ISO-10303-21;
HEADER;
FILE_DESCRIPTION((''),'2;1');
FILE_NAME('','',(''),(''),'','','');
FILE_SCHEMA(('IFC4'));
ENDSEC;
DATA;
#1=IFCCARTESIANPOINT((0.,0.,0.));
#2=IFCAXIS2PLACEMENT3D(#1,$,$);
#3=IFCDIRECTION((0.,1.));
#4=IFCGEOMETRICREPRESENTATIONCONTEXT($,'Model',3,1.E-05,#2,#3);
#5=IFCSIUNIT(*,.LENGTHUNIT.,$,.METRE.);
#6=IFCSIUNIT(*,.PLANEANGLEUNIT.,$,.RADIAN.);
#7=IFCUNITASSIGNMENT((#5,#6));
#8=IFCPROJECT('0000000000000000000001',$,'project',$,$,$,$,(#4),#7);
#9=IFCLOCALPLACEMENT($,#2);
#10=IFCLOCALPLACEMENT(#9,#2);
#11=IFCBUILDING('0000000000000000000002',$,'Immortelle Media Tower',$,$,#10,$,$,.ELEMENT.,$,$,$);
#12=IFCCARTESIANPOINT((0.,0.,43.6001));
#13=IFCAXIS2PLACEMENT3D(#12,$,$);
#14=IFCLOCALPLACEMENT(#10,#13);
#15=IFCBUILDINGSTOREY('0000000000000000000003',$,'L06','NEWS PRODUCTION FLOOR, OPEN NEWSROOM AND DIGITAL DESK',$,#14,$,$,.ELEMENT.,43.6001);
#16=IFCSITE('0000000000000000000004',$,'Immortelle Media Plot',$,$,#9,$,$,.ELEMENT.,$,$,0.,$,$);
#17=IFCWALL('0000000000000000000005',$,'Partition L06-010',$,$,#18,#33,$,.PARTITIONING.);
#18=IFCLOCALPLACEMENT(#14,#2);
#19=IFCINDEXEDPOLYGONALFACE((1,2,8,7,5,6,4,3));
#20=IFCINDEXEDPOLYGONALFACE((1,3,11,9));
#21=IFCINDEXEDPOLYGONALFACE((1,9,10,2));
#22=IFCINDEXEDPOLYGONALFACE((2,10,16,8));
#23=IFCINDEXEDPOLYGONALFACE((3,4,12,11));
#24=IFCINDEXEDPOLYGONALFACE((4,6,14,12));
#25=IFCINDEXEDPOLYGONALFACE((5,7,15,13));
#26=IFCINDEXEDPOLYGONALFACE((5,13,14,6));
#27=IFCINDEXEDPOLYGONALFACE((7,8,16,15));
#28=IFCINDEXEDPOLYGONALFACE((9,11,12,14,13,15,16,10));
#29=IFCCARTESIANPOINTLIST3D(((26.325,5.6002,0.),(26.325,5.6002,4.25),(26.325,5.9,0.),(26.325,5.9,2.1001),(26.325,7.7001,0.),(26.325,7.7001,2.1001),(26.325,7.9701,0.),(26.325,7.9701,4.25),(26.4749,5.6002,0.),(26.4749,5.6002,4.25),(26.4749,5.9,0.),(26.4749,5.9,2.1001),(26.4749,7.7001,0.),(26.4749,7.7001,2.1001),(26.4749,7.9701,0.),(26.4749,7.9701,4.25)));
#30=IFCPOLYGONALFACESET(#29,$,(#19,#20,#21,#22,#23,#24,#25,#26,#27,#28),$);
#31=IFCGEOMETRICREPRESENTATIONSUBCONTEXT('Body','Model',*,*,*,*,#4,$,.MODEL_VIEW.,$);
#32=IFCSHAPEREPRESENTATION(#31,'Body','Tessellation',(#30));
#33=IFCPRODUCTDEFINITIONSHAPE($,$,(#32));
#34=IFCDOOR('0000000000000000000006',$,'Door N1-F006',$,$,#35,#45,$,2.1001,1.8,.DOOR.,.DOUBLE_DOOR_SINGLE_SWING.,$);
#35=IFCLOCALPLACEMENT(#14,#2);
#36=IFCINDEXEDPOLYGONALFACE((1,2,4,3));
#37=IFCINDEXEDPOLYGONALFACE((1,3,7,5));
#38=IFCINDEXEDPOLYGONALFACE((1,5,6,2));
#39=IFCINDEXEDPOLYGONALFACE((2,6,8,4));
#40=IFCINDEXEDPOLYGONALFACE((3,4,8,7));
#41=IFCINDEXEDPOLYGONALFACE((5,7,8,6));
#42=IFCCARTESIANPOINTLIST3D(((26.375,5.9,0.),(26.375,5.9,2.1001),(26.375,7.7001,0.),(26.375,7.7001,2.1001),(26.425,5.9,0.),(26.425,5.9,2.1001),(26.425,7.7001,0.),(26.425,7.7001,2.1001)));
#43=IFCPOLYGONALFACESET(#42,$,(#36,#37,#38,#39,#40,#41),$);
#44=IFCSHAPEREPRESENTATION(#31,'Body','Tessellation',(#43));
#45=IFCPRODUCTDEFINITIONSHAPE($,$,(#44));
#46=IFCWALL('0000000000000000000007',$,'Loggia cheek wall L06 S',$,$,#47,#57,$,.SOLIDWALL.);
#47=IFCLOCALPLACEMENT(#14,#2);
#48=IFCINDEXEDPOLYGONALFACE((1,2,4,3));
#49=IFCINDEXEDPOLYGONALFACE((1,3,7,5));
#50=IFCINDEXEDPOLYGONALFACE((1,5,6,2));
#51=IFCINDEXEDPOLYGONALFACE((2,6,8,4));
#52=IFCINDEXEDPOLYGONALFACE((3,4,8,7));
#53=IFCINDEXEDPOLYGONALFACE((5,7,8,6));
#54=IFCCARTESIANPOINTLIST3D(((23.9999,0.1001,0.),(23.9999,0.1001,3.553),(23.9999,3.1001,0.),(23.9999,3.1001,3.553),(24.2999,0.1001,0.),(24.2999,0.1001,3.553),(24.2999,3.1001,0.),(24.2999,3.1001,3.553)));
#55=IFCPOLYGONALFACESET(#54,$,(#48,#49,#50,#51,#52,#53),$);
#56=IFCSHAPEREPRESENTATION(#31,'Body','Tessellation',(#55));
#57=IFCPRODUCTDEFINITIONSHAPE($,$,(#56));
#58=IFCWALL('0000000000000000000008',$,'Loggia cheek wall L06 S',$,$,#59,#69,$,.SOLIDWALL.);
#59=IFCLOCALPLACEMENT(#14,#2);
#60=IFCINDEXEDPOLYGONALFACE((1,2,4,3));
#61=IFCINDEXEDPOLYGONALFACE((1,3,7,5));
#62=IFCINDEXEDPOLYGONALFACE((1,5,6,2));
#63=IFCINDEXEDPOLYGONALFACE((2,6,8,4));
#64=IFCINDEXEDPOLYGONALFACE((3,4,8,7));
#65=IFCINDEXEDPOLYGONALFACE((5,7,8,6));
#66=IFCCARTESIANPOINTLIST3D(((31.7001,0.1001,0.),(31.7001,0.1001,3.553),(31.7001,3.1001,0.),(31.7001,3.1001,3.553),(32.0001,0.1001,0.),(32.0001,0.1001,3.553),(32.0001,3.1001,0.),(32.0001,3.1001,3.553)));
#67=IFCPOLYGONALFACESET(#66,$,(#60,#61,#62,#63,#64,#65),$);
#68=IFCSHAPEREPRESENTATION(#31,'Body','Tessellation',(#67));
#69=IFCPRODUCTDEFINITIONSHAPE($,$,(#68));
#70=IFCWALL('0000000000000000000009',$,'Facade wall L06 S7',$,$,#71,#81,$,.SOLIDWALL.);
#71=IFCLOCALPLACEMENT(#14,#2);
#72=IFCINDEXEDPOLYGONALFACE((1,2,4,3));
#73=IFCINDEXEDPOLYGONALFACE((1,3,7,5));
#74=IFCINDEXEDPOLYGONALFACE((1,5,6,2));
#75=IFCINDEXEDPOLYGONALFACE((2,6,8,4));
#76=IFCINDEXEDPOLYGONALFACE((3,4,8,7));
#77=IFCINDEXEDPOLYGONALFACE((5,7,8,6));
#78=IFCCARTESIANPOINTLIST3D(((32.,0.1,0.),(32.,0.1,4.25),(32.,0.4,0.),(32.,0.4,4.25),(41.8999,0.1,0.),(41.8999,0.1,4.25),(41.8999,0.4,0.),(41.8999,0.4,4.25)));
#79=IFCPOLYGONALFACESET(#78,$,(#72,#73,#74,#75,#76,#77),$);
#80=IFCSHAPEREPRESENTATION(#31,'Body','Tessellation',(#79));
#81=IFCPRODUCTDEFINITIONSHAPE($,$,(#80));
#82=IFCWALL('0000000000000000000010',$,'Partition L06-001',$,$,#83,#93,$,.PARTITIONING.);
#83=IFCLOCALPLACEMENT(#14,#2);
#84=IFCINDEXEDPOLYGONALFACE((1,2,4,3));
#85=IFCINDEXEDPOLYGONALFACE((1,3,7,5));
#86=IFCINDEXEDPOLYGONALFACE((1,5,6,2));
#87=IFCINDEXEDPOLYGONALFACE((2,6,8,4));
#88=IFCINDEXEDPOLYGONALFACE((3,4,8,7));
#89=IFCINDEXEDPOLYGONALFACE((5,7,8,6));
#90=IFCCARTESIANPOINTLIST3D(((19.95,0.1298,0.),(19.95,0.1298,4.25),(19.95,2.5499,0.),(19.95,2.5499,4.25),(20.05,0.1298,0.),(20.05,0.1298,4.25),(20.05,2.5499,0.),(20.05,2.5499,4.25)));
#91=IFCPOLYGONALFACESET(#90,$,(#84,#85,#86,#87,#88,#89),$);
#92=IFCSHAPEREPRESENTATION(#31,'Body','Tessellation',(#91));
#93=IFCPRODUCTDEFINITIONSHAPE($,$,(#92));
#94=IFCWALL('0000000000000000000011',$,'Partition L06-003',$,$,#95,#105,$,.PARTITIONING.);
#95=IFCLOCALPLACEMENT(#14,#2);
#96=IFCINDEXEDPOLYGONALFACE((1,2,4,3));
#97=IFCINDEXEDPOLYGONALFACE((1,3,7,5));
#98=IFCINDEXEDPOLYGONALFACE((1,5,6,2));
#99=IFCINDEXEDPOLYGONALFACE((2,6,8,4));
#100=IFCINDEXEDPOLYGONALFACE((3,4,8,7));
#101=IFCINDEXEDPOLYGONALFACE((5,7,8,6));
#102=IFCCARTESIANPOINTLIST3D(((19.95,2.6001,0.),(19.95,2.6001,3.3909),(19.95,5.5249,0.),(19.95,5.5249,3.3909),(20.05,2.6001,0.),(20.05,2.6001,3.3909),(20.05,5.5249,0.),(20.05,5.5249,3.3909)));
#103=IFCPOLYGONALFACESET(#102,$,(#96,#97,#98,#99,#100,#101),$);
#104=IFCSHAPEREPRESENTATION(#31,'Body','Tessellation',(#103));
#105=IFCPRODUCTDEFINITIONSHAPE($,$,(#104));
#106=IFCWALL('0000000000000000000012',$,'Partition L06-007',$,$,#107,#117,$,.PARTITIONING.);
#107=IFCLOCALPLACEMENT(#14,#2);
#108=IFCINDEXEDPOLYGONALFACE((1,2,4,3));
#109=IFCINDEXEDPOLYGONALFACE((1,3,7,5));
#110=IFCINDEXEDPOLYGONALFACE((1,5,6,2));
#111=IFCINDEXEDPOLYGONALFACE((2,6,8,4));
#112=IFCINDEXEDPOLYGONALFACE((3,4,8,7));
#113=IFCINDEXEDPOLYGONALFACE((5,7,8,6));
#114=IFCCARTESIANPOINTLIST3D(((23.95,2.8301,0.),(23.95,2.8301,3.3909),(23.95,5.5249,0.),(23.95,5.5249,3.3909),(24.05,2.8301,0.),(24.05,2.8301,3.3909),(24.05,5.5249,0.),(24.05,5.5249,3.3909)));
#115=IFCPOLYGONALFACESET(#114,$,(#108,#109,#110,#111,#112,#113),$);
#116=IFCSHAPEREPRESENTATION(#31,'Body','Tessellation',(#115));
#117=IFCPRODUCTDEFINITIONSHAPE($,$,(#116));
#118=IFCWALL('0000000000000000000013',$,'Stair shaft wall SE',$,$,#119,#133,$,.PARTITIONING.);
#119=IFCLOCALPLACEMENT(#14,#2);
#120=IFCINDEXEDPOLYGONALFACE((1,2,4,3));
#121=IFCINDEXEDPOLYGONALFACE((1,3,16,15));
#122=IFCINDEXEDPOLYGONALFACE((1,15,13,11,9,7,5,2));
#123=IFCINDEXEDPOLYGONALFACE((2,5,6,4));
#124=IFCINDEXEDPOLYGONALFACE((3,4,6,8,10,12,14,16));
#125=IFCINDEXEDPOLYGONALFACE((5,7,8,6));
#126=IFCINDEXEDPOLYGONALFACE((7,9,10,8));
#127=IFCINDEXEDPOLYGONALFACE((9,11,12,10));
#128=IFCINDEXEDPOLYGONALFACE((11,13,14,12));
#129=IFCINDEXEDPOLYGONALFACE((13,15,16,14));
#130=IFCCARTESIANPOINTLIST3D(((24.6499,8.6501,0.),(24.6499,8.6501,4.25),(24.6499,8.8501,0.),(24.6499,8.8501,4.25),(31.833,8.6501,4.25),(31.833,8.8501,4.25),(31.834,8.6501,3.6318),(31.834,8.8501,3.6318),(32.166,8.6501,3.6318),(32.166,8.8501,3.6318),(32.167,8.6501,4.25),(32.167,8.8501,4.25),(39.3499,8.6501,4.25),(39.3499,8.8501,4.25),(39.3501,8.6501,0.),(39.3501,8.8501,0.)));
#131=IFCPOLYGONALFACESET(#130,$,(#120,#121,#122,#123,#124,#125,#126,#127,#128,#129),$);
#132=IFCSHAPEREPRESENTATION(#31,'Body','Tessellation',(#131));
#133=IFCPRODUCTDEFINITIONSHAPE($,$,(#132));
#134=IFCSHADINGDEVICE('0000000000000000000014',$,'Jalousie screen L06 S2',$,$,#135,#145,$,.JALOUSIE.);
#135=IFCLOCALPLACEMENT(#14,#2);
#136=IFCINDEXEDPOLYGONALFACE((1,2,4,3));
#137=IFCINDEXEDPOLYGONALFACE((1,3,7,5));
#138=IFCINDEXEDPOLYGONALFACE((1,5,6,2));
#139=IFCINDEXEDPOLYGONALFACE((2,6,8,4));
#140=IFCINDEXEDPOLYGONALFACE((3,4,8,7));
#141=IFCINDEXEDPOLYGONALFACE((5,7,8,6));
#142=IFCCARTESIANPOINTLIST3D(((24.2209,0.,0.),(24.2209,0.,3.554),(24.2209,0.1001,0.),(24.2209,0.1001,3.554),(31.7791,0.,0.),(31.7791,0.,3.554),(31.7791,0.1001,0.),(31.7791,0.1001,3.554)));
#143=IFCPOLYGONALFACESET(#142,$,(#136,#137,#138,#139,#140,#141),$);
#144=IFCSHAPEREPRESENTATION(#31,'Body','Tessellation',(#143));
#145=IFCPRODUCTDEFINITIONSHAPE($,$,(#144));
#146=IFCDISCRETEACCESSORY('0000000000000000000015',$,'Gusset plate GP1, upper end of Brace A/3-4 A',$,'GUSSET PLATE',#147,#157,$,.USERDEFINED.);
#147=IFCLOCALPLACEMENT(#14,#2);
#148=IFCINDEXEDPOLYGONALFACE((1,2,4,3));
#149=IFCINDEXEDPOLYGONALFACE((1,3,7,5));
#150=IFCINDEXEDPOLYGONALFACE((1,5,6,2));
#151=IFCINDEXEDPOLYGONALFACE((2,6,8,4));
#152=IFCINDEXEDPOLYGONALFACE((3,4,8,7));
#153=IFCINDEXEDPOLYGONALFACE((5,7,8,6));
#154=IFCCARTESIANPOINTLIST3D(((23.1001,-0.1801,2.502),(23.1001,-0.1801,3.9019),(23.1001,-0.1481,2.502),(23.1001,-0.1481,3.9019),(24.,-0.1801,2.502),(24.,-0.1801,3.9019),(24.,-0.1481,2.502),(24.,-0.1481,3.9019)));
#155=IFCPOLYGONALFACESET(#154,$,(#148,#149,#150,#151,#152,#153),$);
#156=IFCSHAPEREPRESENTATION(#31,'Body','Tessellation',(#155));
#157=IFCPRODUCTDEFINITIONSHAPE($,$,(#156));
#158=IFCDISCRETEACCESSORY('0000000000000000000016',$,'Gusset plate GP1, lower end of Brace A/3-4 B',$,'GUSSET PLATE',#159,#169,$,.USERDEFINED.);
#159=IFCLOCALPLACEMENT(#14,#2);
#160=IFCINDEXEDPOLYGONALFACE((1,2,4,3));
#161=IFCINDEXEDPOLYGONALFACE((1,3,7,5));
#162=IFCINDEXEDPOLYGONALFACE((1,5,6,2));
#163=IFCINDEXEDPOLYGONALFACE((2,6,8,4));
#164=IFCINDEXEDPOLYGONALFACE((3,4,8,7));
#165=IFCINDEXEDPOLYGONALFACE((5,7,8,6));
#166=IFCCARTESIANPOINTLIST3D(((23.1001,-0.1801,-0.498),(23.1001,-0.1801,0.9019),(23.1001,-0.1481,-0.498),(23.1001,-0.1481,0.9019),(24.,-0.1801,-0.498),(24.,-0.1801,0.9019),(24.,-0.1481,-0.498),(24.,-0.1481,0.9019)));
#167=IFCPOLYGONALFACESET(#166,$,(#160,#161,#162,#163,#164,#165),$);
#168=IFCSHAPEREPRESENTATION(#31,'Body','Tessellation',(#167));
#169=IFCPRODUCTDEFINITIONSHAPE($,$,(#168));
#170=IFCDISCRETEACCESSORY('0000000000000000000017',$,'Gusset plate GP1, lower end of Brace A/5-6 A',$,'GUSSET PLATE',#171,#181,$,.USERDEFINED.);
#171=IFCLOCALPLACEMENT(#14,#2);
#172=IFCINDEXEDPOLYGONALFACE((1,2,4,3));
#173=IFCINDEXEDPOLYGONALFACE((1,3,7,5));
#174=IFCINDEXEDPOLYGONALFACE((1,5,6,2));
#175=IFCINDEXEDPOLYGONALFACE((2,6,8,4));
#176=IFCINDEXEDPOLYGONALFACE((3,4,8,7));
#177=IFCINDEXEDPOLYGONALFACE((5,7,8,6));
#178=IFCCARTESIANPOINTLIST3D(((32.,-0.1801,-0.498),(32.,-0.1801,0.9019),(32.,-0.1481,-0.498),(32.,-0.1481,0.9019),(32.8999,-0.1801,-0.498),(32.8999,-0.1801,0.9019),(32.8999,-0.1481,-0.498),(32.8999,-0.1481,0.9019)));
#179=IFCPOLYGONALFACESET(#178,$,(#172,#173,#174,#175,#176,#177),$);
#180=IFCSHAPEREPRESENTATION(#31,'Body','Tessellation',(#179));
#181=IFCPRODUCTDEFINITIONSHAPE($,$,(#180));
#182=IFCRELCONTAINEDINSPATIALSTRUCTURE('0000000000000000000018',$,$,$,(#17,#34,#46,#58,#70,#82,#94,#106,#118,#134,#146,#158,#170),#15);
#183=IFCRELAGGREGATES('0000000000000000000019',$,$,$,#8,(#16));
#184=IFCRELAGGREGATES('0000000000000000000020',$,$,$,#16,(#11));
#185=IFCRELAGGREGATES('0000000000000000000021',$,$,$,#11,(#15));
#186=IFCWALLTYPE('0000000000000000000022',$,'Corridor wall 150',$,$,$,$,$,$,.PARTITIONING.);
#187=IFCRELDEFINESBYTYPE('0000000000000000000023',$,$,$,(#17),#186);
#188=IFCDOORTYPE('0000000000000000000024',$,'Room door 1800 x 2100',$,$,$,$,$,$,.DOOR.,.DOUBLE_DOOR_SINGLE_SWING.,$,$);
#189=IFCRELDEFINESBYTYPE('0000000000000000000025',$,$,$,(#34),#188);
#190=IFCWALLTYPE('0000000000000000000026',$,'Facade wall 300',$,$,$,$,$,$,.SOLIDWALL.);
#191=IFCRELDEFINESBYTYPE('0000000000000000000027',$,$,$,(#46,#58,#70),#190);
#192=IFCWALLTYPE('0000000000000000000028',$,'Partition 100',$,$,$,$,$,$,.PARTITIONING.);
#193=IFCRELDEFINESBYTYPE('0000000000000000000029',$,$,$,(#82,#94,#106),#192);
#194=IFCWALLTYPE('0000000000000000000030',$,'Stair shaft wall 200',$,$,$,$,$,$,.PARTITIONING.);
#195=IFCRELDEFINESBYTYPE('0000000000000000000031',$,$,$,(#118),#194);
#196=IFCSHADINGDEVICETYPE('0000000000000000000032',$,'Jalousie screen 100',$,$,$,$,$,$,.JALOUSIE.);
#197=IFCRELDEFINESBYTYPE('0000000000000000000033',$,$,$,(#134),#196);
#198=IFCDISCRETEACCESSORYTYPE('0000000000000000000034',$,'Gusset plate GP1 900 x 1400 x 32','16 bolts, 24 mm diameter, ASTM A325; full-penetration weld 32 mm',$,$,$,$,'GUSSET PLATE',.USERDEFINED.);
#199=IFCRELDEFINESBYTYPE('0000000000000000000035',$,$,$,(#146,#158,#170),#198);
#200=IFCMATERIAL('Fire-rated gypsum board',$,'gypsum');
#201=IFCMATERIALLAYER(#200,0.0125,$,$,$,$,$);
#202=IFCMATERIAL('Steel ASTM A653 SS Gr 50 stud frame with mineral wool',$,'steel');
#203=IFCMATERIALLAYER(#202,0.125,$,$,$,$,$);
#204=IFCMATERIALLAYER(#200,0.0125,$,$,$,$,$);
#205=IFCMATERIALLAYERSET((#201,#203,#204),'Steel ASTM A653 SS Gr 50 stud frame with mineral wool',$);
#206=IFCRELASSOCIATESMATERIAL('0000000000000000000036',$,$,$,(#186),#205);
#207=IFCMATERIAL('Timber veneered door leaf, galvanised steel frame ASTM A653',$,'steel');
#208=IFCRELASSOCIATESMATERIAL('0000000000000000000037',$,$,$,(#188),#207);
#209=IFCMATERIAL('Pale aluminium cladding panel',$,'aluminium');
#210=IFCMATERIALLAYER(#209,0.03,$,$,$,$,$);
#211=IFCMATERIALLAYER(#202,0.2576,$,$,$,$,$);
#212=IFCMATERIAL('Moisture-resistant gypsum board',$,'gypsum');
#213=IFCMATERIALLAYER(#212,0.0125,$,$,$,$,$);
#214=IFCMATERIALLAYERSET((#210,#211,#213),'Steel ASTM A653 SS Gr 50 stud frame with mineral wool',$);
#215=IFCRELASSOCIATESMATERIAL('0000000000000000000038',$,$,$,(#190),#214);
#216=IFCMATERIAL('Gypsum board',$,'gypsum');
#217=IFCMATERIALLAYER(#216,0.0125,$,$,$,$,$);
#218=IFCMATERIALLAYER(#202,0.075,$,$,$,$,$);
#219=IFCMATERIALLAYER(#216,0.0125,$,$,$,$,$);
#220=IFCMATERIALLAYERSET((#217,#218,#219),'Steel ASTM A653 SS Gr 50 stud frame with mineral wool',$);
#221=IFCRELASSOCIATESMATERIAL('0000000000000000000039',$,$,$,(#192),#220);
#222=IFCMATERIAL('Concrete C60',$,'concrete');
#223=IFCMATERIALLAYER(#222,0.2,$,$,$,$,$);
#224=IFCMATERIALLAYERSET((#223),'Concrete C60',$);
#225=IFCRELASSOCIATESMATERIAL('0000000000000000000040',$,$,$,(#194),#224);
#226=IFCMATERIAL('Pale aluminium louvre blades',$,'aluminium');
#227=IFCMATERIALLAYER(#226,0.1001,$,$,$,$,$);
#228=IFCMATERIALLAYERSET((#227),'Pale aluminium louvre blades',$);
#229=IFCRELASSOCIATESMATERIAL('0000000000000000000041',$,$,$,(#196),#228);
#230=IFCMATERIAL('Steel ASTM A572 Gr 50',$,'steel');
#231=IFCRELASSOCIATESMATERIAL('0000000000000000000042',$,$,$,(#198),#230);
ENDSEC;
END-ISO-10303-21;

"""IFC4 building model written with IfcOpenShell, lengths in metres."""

from ifc_helpers import new_model, si_unit, direction, frame, frame_2d, origin, origin_2d, place, context, subcontext, project, spatial, polyline, rectangle, outline, extrude, material, layer, layer_set, material_profile, profile_set, type_object, element, fill, save


model = new_model("IFC4")

# Units and contexts
model_context = context("Model", 3, precision=1e-05, world=origin(), true_north=direction((0.0, 1.0)))
body_context = subcontext(model_context, "Body", "Model", "MODEL_VIEW")
ifc_project = project(units=[si_unit("LENGTHUNIT", "METRE"), si_unit("PLANEANGLEUNIT", "RADIAN")], contexts=[model_context])

# Site, building, storey
site_placement = place(None, origin())
site = spatial("IfcSite", under=ifc_project, at=site_placement, Name="Immortelle Media Plot", CompositionType="ELEMENT", RefElevation=0.0)
building_placement = place(site_placement, origin())
building = spatial("IfcBuilding", under=site, at=building_placement, Name="Immortelle Media Tower", CompositionType="ELEMENT")
storey_placement = place(building_placement, frame((0.0, 0.0, 43.6001)))
storey = spatial("IfcBuildingStorey", under=building, at=storey_placement, Name="L06", Description="NEWS PRODUCTION FLOOR, OPEN NEWSROOM AND DIGITAL DESK", CompositionType="ELEMENT", Elevation=43.6001)

# Wall, opening, door
ifc_material_1 = material(Name="Fire-rated gypsum board", Category="gypsum")
ifc_material_2 = material(Name="Steel ASTM A653 SS Gr 50 stud frame with mineral wool", Category="steel")
ifc_layer_1 = layer(ifc_material_1, 0.0125)
ifc_layer_2 = layer(ifc_material_2, 0.125)
ifc_layer_3 = layer(ifc_material_1, 0.0125)
ifc_layer_set_1 = layer_set([ifc_layer_1, ifc_layer_2, ifc_layer_3], Name="Steel ASTM A653 SS Gr 50 stud frame with mineral wool")
wall_type_1 = type_object("IfcWallType", Name="Corridor wall 150", PredefinedType="PARTITIONING", material=ifc_layer_set_1)
wall_1_placement = place(storey_placement, frame((26.3999, 5.6001, 0.0), z_axis=(0.0, 0.0, 1.0), x_axis=(0.0, 1.0, 0.0)))
wall_1 = element("IfcWall", 1, at=wall_1_placement, inside=storey, type_object=wall_type_1, Name="Partition L06-010", PredefinedType="PARTITIONING", context=body_context, shape_type="SweptSolid", body=[
    extrude(rectangle(XDim=2.3699, YDim=0.1499, at=frame_2d((1.1851, 0.0))), origin(), (0.0, 0.0, 1.0), 4.25),
])
opening_1_placement = place(wall_1_placement, frame((0.3, 0.0, 0.0)))
opening_1 = element("IfcOpeningElement", 2, at=opening_1_placement, cuts=wall_1, PredefinedType="OPENING", context=body_context, shape_type="SweptSolid", body=[
    extrude(rectangle(XDim=1.8, YDim=2.1001, at=frame_2d((0.8999, 1.05))), frame((0.0, 0.085, 0.0), z_axis=(0.0, -1.0, 0.0), x_axis=(1.0, 0.0, 0.0)), (0.0, 0.0, 1.0), 0.1699),
])
ifc_material_3 = material(Name="Timber veneered door leaf, galvanised steel frame ASTM A653", Category="steel")
door_type_1 = type_object("IfcDoorType", Name="Room door 1800 x 2100", OperationType="DOUBLE_DOOR_SINGLE_SWING", PredefinedType="DOOR", material=ifc_material_3)
door_1_placement = place(opening_1_placement, origin())
door_1 = element("IfcDoor", 3, at=door_1_placement, inside=storey, type_object=door_type_1, Name="Door N1-F006", OperationType="DOUBLE_DOOR_SINGLE_SWING", OverallHeight=2.1001, OverallWidth=1.8, PredefinedType="DOOR", context=body_context, shape_type="SweptSolid", body=[
    extrude(rectangle(XDim=1.8, YDim=2.1001, at=frame_2d((0.8999, 1.05))), frame((0.0, 0.0249, 0.0), z_axis=(0.0, -1.0, 0.0), x_axis=(1.0, 0.0, 0.0)), (0.0, 0.0, 1.0), 0.05),
])
fill(opening_1, door_1)

# Shared definitions
ifc_material_4 = material(Name="Pale aluminium cladding panel", Category="aluminium")
ifc_layer_4 = layer(ifc_material_4, 0.03)
ifc_layer_5 = layer(ifc_material_2, 0.2576)
ifc_material_5 = material(Name="Moisture-resistant gypsum board", Category="gypsum")
ifc_layer_6 = layer(ifc_material_5, 0.0125)
ifc_layer_set_2 = layer_set([ifc_layer_4, ifc_layer_5, ifc_layer_6], Name="Steel ASTM A653 SS Gr 50 stud frame with mineral wool")
wall_type_2 = type_object("IfcWallType", Name="Facade wall 300", PredefinedType="SOLIDWALL", material=ifc_layer_set_2)

# Walls
for number, where, z_axis, x_axis, name in (
    (4, (24.1499, 0.1001, 0.0), (0.0, 0.0, 1.0), (0.0, 1.0, 0.0), "Loggia cheek wall L06 S"),
    (5, (31.8501, 0.1001, 0.0), (0.0, 0.0, 1.0), (0.0, 1.0, 0.0), "Loggia cheek wall L06 S"),
):
    element("IfcWall", number, at=place(storey_placement, frame(where, z_axis=z_axis, x_axis=x_axis)), inside=storey, type_object=wall_type_2, Name=name, PredefinedType="SOLIDWALL", context=body_context, shape_type="SweptSolid", body=[
        extrude(rectangle(XDim=3.0, YDim=0.3, at=frame_2d((1.5, 0.0))), origin(), (0.0, 0.0, 1.0), 3.553),
    ])
wall_2_placement = place(storey_placement, frame((32.0, 0.25, 0.0), z_axis=(0.0, 0.0, 1.0), x_axis=(1.0, 0.0, 0.0)))
element("IfcWall", 6, at=wall_2_placement, inside=storey, type_object=wall_type_2, Name="Facade wall L06 S7", PredefinedType="SOLIDWALL", context=body_context, shape_type="SweptSolid", body=[
    extrude(rectangle(XDim=9.8999, YDim=0.3, at=frame_2d((4.95, 0.0))), origin(), (0.0, 0.0, 1.0), 4.25),
])
ifc_material_6 = material(Name="Gypsum board", Category="gypsum")
ifc_layer_7 = layer(ifc_material_6, 0.0125)
ifc_layer_8 = layer(ifc_material_2, 0.075)
ifc_layer_9 = layer(ifc_material_6, 0.0125)
ifc_layer_set_3 = layer_set([ifc_layer_7, ifc_layer_8, ifc_layer_9], Name="Steel ASTM A653 SS Gr 50 stud frame with mineral wool")
wall_type_3 = type_object("IfcWallType", Name="Partition 100", PredefinedType="PARTITIONING", material=ifc_layer_set_3)
wall_3_placement = place(storey_placement, frame((20.0, 0.1299, 0.0), z_axis=(0.0, 0.0, 1.0), x_axis=(0.0, 1.0, 0.0)))
element("IfcWall", 7, at=wall_3_placement, inside=storey, type_object=wall_type_3, Name="Partition L06-001", PredefinedType="PARTITIONING", context=body_context, shape_type="SweptSolid", body=[
    extrude(rectangle(XDim=2.4202, YDim=0.1001, at=frame_2d((1.21, 0.0))), origin(), (0.0, 0.0, 1.0), 4.25),
])
wall_4_placement = place(storey_placement, frame((20.0, 2.6001, 0.0), z_axis=(0.0, 0.0, 1.0), x_axis=(0.0, 1.0, 0.0)))
element("IfcWall", 8, at=wall_4_placement, inside=storey, type_object=wall_type_3, Name="Partition L06-003", PredefinedType="PARTITIONING", context=body_context, shape_type="SweptSolid", body=[
    extrude(rectangle(XDim=2.9248, YDim=0.1001, at=frame_2d((1.4624, 0.0))), origin(), (0.0, 0.0, 1.0), 3.3909),
])
wall_5_placement = place(storey_placement, frame((24.0, 2.8301, 0.0), z_axis=(0.0, 0.0, 1.0), x_axis=(0.0, 1.0, 0.0)))
element("IfcWall", 9, at=wall_5_placement, inside=storey, type_object=wall_type_3, Name="Partition L06-007", PredefinedType="PARTITIONING", context=body_context, shape_type="SweptSolid", body=[
    extrude(rectangle(XDim=2.6948, YDim=0.1001, at=frame_2d((1.3474, 0.0))), origin(), (0.0, 0.0, 1.0), 3.3909),
])
ifc_material_7 = material(Name="Concrete C60", Category="concrete")
ifc_layer_10 = layer(ifc_material_7, 0.2)
ifc_layer_set_4 = layer_set([ifc_layer_10], Name="Concrete C60")
wall_type_4 = type_object("IfcWallType", Name="Stair shaft wall 200", PredefinedType="PARTITIONING", material=ifc_layer_set_4)
wall_6_placement = place(storey_placement, frame((24.6499, 8.75, 0.0), z_axis=(0.0, 0.0, 1.0), x_axis=(1.0, 0.0, 0.0)))
element("IfcWall", 10, at=wall_6_placement, inside=storey, type_object=wall_type_4, Name="Stair shaft wall SE", PredefinedType="PARTITIONING", context=body_context, shape_type="SweptSolid", body=[
    extrude(outline(polyline([(0.0, 0.0), (14.7002, 0.0), (14.7, 4.25), (7.5171, 4.25), (7.5161, 3.6318), (7.1841, 3.6318), (7.1831, 4.25), (0.0, 4.25), (0.0, 0.0)])), frame((0.0, 0.1001, 0.0), z_axis=(0.0, -1.0, 0.0), x_axis=(1.0, 0.0, 0.0)), (0.0, 0.0, 1.0), 0.2),
])

# Shading device
ifc_material_8 = material(Name="Pale aluminium louvre blades", Category="aluminium")
ifc_layer_11 = layer(ifc_material_8, 0.1001)
ifc_layer_set_5 = layer_set([ifc_layer_11], Name="Pale aluminium louvre blades")
shading_device_type = type_object("IfcShadingDeviceType", Name="Jalousie screen 100", PredefinedType="JALOUSIE", material=ifc_layer_set_5)
shading_device_placement = place(storey_placement, frame((28.0, 0.05, 0.0), z_axis=(0.0, 0.0, 1.0), x_axis=(1.0, 0.0, 0.0)))
element("IfcShadingDevice", 11, at=shading_device_placement, inside=storey, type_object=shading_device_type, Name="Jalousie screen L06 S2", PredefinedType="JALOUSIE", context=body_context, shape_type="SweptSolid", body=[
    extrude(rectangle(XDim=7.5581, YDim=0.1001, at=origin_2d()), origin(), (0.0, 0.0, 1.0), 3.554),
])

# Discrete accessories
ifc_material_9 = material(Name="Steel ASTM A572 Gr 50", Category="steel")
ifc_material_profile_1 = material_profile(ifc_material_9, rectangle(XDim=0.032, YDim=1.3999, at=origin_2d()), Name="PL 32 x 1400")
ifc_profile_set_1 = profile_set([ifc_material_profile_1], Name="Steel ASTM A572 Gr 50")
discrete_accessory_type = type_object("IfcDiscreteAccessoryType", Name="Gusset plate GP1 900 x 1400 x 32", Description="16 bolts, 24 mm diameter, ASTM A325; full-penetration weld 32 mm", ElementType="GUSSET PLATE", PredefinedType="USERDEFINED", material=ifc_profile_set_1)
for number, where, z_axis, x_axis, name in (
    (12, (24.0, -0.1641, 3.2019), (-1.0, 0.0, 0.0), (0.0, -1.0, 0.0), "Gusset plate GP1, upper end of Brace A/3-4 A"),
    (13, (24.0, -0.1641, 0.2019), (-1.0, 0.0, 0.0), (0.0, -1.0, 0.0), "Gusset plate GP1, lower end of Brace A/3-4 B"),
    (14, (32.0, -0.1641, 0.2019), (1.0, 0.0, 0.0), (0.0, 1.0, 0.0), "Gusset plate GP1, lower end of Brace A/5-6 A"),
):
    element("IfcDiscreteAccessory", number, at=place(storey_placement, frame(where, z_axis=z_axis, x_axis=x_axis)), inside=storey, type_object=discrete_accessory_type, Name=name, ObjectType="GUSSET PLATE", PredefinedType="USERDEFINED", context=body_context, shape_type="SweptSolid", body=[
        extrude(rectangle(XDim=0.032, YDim=1.3999, at=origin_2d()), origin(), (0.0, 0.0, 1.0), 0.8999),
    ])

save(model, "model.ifc")
